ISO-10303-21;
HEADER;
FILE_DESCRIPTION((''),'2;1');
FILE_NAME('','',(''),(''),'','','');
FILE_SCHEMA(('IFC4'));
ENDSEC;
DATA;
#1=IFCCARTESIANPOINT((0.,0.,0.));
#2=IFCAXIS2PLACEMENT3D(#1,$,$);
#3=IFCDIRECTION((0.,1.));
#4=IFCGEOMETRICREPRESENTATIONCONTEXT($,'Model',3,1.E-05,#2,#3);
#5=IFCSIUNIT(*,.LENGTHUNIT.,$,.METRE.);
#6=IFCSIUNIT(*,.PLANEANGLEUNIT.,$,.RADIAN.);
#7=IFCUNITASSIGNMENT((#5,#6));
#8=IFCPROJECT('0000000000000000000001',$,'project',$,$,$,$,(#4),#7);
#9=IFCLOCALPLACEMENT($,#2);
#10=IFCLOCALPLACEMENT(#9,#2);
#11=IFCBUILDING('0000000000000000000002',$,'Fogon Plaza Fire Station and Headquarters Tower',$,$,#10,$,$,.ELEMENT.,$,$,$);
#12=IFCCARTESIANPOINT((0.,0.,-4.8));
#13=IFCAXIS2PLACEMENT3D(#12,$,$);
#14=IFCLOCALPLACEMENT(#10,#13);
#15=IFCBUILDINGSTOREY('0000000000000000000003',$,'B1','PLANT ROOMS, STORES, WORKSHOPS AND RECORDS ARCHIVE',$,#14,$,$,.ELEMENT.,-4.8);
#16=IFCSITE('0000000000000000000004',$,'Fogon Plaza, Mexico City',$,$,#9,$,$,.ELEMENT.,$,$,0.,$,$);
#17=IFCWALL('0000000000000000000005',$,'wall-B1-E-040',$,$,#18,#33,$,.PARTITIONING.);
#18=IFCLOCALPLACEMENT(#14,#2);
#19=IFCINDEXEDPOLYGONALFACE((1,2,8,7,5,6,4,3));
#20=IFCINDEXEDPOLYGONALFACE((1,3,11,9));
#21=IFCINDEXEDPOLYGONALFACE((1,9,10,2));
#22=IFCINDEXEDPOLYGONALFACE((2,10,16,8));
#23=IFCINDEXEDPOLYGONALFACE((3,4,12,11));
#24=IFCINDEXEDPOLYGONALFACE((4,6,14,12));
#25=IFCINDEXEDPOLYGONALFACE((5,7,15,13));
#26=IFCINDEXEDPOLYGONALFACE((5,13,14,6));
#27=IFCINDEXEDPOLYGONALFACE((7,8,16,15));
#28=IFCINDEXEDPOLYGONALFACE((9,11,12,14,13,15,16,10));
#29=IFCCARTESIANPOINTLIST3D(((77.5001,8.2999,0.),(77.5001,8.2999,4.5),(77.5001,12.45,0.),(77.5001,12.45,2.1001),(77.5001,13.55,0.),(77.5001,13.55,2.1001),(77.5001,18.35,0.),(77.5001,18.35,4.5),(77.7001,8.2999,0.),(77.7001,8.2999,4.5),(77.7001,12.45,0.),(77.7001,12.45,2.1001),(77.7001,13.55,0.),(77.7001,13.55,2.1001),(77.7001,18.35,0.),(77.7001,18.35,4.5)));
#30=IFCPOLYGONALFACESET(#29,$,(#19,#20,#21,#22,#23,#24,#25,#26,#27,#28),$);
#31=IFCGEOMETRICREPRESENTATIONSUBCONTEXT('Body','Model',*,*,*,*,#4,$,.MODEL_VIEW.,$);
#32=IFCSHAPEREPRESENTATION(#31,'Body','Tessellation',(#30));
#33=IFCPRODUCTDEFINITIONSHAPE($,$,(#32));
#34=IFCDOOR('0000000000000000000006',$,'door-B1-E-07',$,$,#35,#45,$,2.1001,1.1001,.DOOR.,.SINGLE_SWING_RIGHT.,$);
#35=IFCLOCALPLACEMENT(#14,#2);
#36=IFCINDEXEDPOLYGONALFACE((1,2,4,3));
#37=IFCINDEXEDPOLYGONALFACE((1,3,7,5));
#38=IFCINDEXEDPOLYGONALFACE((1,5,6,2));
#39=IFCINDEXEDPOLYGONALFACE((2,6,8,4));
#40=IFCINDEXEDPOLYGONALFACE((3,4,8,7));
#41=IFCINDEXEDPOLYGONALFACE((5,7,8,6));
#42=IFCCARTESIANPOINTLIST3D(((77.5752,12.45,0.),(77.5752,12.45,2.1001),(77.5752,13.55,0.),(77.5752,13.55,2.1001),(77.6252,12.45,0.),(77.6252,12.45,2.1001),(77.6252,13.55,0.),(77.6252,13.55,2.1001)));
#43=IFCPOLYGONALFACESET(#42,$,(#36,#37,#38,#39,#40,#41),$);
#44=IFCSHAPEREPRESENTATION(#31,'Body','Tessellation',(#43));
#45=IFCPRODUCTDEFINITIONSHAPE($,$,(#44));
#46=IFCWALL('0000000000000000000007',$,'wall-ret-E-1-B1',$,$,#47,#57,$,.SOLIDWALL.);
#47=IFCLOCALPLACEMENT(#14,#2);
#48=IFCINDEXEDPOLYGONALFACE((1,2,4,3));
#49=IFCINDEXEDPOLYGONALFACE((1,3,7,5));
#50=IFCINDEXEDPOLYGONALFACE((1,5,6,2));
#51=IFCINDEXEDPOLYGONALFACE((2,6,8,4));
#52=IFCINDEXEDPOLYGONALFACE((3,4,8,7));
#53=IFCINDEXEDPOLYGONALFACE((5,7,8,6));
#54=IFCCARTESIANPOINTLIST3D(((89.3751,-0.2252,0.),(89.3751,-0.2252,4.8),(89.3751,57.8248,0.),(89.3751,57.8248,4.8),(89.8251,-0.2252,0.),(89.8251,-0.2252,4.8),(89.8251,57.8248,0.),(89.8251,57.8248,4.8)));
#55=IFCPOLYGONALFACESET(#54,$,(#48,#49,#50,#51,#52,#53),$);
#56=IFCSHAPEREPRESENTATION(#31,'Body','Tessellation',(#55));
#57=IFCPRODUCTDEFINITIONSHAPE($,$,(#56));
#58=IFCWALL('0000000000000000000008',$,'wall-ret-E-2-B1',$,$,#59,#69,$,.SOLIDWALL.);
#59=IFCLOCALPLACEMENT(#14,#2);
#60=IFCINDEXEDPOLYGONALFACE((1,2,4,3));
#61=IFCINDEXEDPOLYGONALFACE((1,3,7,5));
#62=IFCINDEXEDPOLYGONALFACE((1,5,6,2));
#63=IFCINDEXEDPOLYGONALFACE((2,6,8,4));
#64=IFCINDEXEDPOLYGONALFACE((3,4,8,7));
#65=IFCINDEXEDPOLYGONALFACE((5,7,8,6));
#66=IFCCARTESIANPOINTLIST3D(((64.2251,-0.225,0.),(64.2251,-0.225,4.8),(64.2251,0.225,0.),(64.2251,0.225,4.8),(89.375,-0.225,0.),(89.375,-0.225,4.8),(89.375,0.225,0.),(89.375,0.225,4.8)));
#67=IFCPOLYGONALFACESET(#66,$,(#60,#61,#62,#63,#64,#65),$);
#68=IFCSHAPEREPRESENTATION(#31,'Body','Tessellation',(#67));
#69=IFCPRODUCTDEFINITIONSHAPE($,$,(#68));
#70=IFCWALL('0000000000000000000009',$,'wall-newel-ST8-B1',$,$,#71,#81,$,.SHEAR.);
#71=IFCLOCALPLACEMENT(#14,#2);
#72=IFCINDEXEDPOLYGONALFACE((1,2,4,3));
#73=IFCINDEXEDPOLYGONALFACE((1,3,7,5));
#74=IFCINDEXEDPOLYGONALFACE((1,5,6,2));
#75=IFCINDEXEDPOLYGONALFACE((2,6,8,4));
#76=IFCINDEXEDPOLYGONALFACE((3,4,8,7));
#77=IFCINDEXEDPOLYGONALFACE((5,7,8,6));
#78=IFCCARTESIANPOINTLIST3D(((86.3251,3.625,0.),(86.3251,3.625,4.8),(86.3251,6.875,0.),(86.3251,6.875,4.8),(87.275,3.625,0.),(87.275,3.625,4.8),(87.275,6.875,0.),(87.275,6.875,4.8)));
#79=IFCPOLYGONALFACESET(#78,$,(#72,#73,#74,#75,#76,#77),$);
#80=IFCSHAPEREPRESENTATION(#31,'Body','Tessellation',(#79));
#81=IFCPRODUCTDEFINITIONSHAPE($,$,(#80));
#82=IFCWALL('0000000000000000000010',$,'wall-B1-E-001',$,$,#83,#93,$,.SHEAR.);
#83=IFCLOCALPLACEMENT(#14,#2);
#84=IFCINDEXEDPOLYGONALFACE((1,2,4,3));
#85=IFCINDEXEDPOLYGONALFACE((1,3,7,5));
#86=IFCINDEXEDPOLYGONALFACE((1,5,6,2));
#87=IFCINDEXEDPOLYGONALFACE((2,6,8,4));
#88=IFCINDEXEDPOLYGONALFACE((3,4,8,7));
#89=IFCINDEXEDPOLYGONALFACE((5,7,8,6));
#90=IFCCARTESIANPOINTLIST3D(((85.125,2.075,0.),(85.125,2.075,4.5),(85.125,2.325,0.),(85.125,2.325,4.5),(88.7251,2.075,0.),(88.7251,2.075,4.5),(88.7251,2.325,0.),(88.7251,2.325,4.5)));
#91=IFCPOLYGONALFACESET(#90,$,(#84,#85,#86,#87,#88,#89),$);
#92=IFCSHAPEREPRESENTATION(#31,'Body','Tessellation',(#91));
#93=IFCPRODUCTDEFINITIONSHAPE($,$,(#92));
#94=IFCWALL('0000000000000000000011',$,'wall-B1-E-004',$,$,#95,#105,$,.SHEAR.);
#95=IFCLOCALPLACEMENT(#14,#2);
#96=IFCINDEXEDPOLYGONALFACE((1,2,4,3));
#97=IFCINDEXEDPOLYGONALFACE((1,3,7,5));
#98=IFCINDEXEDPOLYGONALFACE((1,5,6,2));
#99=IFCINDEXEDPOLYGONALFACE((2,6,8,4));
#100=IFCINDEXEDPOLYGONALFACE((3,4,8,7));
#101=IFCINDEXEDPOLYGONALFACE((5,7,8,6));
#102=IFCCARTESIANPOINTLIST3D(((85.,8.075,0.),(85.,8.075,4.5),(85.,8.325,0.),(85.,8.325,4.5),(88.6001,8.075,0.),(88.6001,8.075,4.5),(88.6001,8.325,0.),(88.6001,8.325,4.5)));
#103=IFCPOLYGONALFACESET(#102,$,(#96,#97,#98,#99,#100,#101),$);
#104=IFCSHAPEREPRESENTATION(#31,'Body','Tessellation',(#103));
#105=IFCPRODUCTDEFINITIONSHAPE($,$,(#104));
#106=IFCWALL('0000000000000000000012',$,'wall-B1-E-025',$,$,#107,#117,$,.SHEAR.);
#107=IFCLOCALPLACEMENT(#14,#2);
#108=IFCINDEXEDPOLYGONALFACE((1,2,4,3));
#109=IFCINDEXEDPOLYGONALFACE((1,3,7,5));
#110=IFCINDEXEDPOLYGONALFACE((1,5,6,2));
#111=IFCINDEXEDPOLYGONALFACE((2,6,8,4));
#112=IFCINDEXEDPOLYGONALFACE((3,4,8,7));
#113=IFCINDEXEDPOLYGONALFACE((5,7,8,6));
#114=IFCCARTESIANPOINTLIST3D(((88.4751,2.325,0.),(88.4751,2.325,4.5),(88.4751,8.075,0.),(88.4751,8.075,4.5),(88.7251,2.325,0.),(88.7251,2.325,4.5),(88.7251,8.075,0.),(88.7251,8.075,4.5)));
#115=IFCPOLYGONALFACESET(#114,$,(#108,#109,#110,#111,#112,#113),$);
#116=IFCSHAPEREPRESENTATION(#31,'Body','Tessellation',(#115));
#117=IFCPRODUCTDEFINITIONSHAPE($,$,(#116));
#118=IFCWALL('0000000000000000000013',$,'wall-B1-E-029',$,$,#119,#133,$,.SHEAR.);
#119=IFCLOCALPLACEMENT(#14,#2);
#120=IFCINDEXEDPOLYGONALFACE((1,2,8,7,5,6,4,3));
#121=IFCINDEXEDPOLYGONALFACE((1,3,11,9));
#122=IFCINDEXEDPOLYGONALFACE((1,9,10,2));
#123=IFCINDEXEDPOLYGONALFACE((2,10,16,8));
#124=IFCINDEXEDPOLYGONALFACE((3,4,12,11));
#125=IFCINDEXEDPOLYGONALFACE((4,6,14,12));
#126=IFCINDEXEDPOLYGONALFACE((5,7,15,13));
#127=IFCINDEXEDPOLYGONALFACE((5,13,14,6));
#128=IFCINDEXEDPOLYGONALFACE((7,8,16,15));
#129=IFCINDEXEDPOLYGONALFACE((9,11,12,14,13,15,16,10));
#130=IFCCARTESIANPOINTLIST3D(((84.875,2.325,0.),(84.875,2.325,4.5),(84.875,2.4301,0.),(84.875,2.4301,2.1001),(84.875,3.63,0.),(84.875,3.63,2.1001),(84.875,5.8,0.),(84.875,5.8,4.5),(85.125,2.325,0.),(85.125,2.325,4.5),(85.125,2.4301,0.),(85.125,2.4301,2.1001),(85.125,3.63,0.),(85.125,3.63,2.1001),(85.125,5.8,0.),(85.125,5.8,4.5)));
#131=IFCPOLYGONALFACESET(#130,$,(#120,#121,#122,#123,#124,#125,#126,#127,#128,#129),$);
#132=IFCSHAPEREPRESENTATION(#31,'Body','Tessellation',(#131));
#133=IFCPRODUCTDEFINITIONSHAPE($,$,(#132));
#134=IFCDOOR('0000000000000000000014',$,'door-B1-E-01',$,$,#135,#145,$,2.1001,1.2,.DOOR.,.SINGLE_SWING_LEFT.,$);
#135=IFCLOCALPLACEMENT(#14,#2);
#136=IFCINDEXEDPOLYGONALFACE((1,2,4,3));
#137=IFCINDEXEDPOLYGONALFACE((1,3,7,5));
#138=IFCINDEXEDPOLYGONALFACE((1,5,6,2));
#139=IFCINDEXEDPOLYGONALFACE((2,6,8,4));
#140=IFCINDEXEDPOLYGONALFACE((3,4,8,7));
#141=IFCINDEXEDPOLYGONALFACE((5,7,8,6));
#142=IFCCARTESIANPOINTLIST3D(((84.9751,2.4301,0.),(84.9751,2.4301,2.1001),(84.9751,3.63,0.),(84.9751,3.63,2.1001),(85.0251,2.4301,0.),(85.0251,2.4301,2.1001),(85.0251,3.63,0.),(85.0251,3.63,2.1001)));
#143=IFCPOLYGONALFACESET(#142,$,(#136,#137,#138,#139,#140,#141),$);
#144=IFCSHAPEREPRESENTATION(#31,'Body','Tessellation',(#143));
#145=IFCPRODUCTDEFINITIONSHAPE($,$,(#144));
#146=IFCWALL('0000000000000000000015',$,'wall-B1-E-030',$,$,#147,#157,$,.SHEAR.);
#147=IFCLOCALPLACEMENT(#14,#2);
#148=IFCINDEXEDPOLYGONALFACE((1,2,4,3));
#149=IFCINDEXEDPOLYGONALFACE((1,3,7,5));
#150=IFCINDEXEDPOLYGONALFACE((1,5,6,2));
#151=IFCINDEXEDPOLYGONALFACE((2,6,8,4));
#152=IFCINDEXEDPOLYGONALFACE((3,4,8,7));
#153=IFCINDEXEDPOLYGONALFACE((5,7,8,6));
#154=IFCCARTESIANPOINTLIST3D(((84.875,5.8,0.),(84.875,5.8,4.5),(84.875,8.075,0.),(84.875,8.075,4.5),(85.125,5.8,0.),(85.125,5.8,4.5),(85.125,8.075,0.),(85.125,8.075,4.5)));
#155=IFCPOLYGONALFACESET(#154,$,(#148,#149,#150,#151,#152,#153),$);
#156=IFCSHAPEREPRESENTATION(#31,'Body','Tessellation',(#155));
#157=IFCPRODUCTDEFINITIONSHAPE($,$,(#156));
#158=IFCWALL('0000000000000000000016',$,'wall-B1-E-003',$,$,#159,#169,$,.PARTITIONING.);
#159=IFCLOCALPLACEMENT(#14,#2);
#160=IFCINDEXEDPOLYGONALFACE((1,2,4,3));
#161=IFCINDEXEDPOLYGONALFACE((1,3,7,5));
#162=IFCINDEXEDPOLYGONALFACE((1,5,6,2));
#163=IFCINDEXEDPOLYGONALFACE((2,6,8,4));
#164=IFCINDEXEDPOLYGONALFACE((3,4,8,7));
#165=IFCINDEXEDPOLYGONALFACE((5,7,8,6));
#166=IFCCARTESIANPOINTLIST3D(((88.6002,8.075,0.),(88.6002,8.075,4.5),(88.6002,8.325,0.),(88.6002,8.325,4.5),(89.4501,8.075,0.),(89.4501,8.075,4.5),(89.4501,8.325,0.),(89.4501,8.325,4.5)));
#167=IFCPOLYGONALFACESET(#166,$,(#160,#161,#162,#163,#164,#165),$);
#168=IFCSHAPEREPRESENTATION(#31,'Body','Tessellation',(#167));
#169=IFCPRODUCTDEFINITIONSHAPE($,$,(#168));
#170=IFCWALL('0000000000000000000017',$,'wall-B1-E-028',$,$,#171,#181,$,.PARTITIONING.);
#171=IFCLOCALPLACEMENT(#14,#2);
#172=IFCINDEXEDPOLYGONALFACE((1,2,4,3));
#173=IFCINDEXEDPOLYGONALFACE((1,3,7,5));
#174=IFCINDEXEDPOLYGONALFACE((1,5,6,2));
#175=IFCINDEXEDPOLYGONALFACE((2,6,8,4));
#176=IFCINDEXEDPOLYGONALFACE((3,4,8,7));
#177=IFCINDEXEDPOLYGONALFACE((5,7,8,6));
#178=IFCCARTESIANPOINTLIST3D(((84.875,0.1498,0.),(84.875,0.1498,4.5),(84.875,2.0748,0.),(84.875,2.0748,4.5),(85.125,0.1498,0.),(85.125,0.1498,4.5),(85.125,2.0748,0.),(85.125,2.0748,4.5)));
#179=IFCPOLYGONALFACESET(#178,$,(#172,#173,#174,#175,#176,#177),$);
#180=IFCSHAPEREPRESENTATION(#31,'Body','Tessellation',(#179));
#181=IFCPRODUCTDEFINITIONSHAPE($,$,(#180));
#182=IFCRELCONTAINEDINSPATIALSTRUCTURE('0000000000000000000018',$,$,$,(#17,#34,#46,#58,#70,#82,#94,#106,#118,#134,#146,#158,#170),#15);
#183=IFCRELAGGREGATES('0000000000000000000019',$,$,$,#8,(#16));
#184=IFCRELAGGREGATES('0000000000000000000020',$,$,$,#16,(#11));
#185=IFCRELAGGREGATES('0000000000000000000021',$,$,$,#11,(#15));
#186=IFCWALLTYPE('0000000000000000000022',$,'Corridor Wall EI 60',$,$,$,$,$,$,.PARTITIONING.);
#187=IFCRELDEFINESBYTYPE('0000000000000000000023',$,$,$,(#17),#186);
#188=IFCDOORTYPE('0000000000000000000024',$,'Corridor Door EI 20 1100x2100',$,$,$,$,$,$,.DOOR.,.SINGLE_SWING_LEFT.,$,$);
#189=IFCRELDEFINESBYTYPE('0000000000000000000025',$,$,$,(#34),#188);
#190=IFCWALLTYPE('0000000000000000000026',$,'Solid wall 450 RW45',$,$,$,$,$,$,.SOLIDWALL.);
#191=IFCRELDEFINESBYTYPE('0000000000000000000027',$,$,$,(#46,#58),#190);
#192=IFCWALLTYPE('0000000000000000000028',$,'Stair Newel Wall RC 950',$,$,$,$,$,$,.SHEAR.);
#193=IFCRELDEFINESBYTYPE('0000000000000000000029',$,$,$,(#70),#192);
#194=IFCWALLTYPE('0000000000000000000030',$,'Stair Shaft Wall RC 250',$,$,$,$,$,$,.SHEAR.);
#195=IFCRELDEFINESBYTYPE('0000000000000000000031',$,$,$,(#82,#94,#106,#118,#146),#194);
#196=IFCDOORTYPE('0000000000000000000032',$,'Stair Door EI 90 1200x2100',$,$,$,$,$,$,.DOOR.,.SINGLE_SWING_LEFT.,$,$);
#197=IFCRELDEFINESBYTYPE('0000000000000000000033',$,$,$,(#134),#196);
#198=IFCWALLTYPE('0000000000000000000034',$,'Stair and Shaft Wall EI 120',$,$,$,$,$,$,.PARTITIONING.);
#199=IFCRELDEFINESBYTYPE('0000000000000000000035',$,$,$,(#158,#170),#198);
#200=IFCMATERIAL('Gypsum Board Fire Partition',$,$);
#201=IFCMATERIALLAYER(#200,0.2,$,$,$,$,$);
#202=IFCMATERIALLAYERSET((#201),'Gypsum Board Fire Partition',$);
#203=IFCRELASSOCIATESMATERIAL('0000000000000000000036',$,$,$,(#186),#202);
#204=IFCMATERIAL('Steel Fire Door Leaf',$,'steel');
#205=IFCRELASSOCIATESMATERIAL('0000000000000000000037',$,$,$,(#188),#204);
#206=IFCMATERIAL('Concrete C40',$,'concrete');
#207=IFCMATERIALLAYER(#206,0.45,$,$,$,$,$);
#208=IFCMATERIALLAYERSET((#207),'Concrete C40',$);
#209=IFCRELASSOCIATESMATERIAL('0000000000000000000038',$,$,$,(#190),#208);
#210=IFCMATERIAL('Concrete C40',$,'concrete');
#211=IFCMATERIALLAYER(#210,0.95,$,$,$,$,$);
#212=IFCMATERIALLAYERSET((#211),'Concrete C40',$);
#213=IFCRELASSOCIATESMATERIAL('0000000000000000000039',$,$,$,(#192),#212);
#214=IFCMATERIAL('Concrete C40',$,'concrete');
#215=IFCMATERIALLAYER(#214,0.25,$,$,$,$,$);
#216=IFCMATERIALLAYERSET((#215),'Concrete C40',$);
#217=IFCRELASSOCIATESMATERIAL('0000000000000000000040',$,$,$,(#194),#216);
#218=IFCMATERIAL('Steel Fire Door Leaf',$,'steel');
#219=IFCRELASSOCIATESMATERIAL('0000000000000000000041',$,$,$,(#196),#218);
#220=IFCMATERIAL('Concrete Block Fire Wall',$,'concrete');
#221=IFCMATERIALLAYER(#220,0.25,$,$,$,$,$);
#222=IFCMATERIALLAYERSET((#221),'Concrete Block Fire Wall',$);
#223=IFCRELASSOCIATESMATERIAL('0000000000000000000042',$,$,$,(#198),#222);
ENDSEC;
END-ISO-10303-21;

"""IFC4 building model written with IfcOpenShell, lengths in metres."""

from ifc_helpers import new_model, si_unit, direction, frame, frame_2d, origin, place, context, subcontext, project, spatial, rectangle, extrude, material, layer, layer_set, type_object, element, fill, save


model = new_model("IFC4")

# Units and contexts
model_context = context("Model", 3, precision=1e-05, world=origin(), true_north=direction((0.0, 1.0)))
body_context = subcontext(model_context, "Body", "Model", "MODEL_VIEW")
ifc_project = project(units=[si_unit("LENGTHUNIT", "METRE"), si_unit("PLANEANGLEUNIT", "RADIAN")], contexts=[model_context])

# Site, building, storey
site_placement = place(None, origin())
site = spatial("IfcSite", under=ifc_project, at=site_placement, Name="Fogon Plaza, Mexico City", CompositionType="ELEMENT", RefElevation=0.0)
building_placement = place(site_placement, origin())
building = spatial("IfcBuilding", under=site, at=building_placement, Name="Fogon Plaza Fire Station and Headquarters Tower", CompositionType="ELEMENT")
storey_placement = place(building_placement, frame((0.0, 0.0, -4.8)))
storey = spatial("IfcBuildingStorey", under=building, at=storey_placement, Name="B1", Description="PLANT ROOMS, STORES, WORKSHOPS AND RECORDS ARCHIVE", CompositionType="ELEMENT", Elevation=-4.8)

# Shared definitions
ifc_material_1 = material(Name="Gypsum Board Fire Partition")
ifc_layer_1 = layer(ifc_material_1, 0.2)
ifc_layer_set_1 = layer_set([ifc_layer_1], Name="Gypsum Board Fire Partition")
wall_type_1 = type_object("IfcWallType", Name="Corridor Wall EI 60", PredefinedType="PARTITIONING", material=ifc_layer_set_1)

# Wall, opening, door
wall_1_placement = place(storey_placement, frame((77.6001, 8.3, 0.0), z_axis=(0.0, 0.0, 1.0), x_axis=(0.0, 1.0, 0.0)))
wall_1 = element("IfcWall", 1, at=wall_1_placement, inside=storey, type_object=wall_type_1, Name="wall-B1-E-040", PredefinedType="PARTITIONING", context=body_context, shape_type="SweptSolid", body=[
    extrude(rectangle(XDim=10.05, YDim=0.2, at=frame_2d((5.0249, 0.0))), origin(), (0.0, 0.0, 1.0), 4.5),
])
opening_1_placement = place(wall_1_placement, frame((4.1499, 0.0, 0.0)))
opening_1 = element("IfcOpeningElement", 2, at=opening_1_placement, cuts=wall_1, PredefinedType="OPENING", context=body_context, shape_type="SweptSolid", body=[
    extrude(rectangle(XDim=1.1001, YDim=2.1001, at=frame_2d((0.55, 1.05))), frame((0.0, 0.1099, 0.0), z_axis=(0.0, -1.0, 0.0), x_axis=(1.0, 0.0, 0.0)), (0.0, 0.0, 1.0), 0.22),
])
ifc_material_2 = material(Name="Steel Fire Door Leaf", Category="steel")
door_type_1 = type_object("IfcDoorType", Name="Corridor Door EI 20 1100x2100", OperationType="SINGLE_SWING_LEFT", PredefinedType="DOOR", material=ifc_material_2)
door_1_placement = place(opening_1_placement, origin())
door_1 = element("IfcDoor", 3, at=door_1_placement, inside=storey, type_object=door_type_1, Name="door-B1-E-07", OperationType="SINGLE_SWING_RIGHT", OverallHeight=2.1001, OverallWidth=1.1001, PredefinedType="DOOR", context=body_context, shape_type="SweptSolid", body=[
    extrude(rectangle(XDim=1.1001, YDim=2.1001, at=frame_2d((0.55, 1.05))), frame((0.0, 0.0249, 0.0), z_axis=(0.0, -1.0, 0.0), x_axis=(1.0, 0.0, 0.0)), (0.0, 0.0, 1.0), 0.05),
])
fill(opening_1, door_1)

# Walls
ifc_material_3 = material(Name="Concrete C40", Category="concrete")
ifc_layer_2 = layer(ifc_material_3, 0.45)
ifc_layer_set_2 = layer_set([ifc_layer_2], Name="Concrete C40")
wall_type_2 = type_object("IfcWallType", Name="Solid wall 450 RW45", PredefinedType="SOLIDWALL", material=ifc_layer_set_2)
wall_2_placement = place(storey_placement, frame((89.6001, -0.2251, 0.0), z_axis=(0.0, 0.0, 1.0), x_axis=(0.0, 1.0, 0.0)))
element("IfcWall", 4, at=wall_2_placement, inside=storey, type_object=wall_type_2, Name="wall-ret-E-1-B1", PredefinedType="SOLIDWALL", context=body_context, shape_type="SweptSolid", body=[
    extrude(rectangle(XDim=58.05, YDim=0.45, at=frame_2d((29.0249, 0.0))), origin(), (0.0, 0.0, 1.0), 4.8),
])
wall_3_placement = place(storey_placement, frame((89.375, 0.0, 0.0), z_axis=(0.0, 0.0, 1.0), x_axis=(-1.0, 0.0, 0.0)))
element("IfcWall", 5, at=wall_3_placement, inside=storey, type_object=wall_type_2, Name="wall-ret-E-2-B1", PredefinedType="SOLIDWALL", context=body_context, shape_type="SweptSolid", body=[
    extrude(rectangle(XDim=25.1499, YDim=0.45, at=frame_2d((12.575, 0.0))), origin(), (0.0, 0.0, 1.0), 4.8),
])
ifc_material_4 = material(Name="Concrete C40", Category="concrete")
ifc_layer_3 = layer(ifc_material_4, 0.95)
ifc_layer_set_3 = layer_set([ifc_layer_3], Name="Concrete C40")
wall_type_3 = type_object("IfcWallType", Name="Stair Newel Wall RC 950", PredefinedType="SHEAR", material=ifc_layer_set_3)
wall_4_placement = place(storey_placement, frame((86.8, 3.625, 0.0), z_axis=(0.0, 0.0, 1.0), x_axis=(0.0, 1.0, 0.0)))
element("IfcWall", 6, at=wall_4_placement, inside=storey, type_object=wall_type_3, Name="wall-newel-ST8-B1", PredefinedType="SHEAR", context=body_context, shape_type="SweptSolid", body=[
    extrude(rectangle(XDim=3.25, YDim=0.95, at=frame_2d((1.625, 0.0))), origin(), (0.0, 0.0, 1.0), 4.8),
])
ifc_material_5 = material(Name="Concrete C40", Category="concrete")
ifc_layer_4 = layer(ifc_material_5, 0.25)
ifc_layer_set_4 = layer_set([ifc_layer_4], Name="Concrete C40")
wall_type_4 = type_object("IfcWallType", Name="Stair Shaft Wall RC 250", PredefinedType="SHEAR", material=ifc_layer_set_4)
for number, where, z_axis, x_axis, name in (
    (7, (88.7251, 2.2, 0.0), (0.0, 0.0, 1.0), (-1.0, 0.0, 0.0), "wall-B1-E-001"),
    (8, (88.6001, 8.2, 0.0), (0.0, 0.0, 1.0), (-1.0, 0.0, 0.0), "wall-B1-E-004"),
):
    element("IfcWall", number, at=place(storey_placement, frame(where, z_axis=z_axis, x_axis=x_axis)), inside=storey, type_object=wall_type_4, Name=name, PredefinedType="SHEAR", context=body_context, shape_type="SweptSolid", body=[
        extrude(rectangle(XDim=3.6001, YDim=0.25, at=frame_2d((1.8, 0.0))), origin(), (0.0, 0.0, 1.0), 4.5),
    ])
wall_5_placement = place(storey_placement, frame((88.6001, 2.325, 0.0), z_axis=(0.0, 0.0, 1.0), x_axis=(0.0, 1.0, 0.0)))
element("IfcWall", 9, at=wall_5_placement, inside=storey, type_object=wall_type_4, Name="wall-B1-E-025", PredefinedType="SHEAR", context=body_context, shape_type="SweptSolid", body=[
    extrude(rectangle(XDim=5.75, YDim=0.25, at=frame_2d((2.875, 0.0))), origin(), (0.0, 0.0, 1.0), 4.5),
])

# Wall, opening, door
wall_6_placement = place(storey_placement, frame((85.0, 2.325, 0.0), z_axis=(0.0, 0.0, 1.0), x_axis=(0.0, 1.0, 0.0)))
wall_6 = element("IfcWall", 10, at=wall_6_placement, inside=storey, type_object=wall_type_4, Name="wall-B1-E-029", PredefinedType="SHEAR", context=body_context, shape_type="SweptSolid", body=[
    extrude(rectangle(XDim=3.4751, YDim=0.25, at=frame_2d((1.7375, 0.0))), origin(), (0.0, 0.0, 1.0), 4.5),
])
opening_2_placement = place(wall_6_placement, frame((0.105, 0.0, 0.0)))
opening_2 = element("IfcOpeningElement", 11, at=opening_2_placement, cuts=wall_6, PredefinedType="OPENING", context=body_context, shape_type="SweptSolid", body=[
    extrude(rectangle(XDim=1.2, YDim=2.1001, at=frame_2d((0.6001, 1.05))), frame((0.0, 0.135, 0.0), z_axis=(0.0, -1.0, 0.0), x_axis=(1.0, 0.0, 0.0)), (0.0, 0.0, 1.0), 0.27),
])
ifc_material_6 = material(Name="Steel Fire Door Leaf", Category="steel")
door_type_2 = type_object("IfcDoorType", Name="Stair Door EI 90 1200x2100", OperationType="SINGLE_SWING_LEFT", PredefinedType="DOOR", material=ifc_material_6)
door_2_placement = place(opening_2_placement, origin())
door_2 = element("IfcDoor", 12, at=door_2_placement, inside=storey, type_object=door_type_2, Name="door-B1-E-01", OperationType="SINGLE_SWING_LEFT", OverallHeight=2.1001, OverallWidth=1.2, PredefinedType="DOOR", context=body_context, shape_type="SweptSolid", body=[
    extrude(rectangle(XDim=1.2, YDim=2.1001, at=frame_2d((0.6001, 1.05))), frame((0.0, 0.0249, 0.0), z_axis=(0.0, -1.0, 0.0), x_axis=(1.0, 0.0, 0.0)), (0.0, 0.0, 1.0), 0.05),
])
fill(opening_2, door_2)

# Walls
wall_7_placement = place(storey_placement, frame((85.0, 5.8, 0.0), z_axis=(0.0, 0.0, 1.0), x_axis=(0.0, 1.0, 0.0)))
element("IfcWall", 13, at=wall_7_placement, inside=storey, type_object=wall_type_4, Name="wall-B1-E-030", PredefinedType="SHEAR", context=body_context, shape_type="SweptSolid", body=[
    extrude(rectangle(XDim=2.2749, YDim=0.25, at=frame_2d((1.1375, 0.0))), origin(), (0.0, 0.0, 1.0), 4.5),
])
ifc_material_7 = material(Name="Concrete Block Fire Wall", Category="concrete")
ifc_layer_5 = layer(ifc_material_7, 0.25)
ifc_layer_set_5 = layer_set([ifc_layer_5], Name="Concrete Block Fire Wall")
wall_type_5 = type_object("IfcWallType", Name="Stair and Shaft Wall EI 120", PredefinedType="PARTITIONING", material=ifc_layer_set_5)
wall_8_placement = place(storey_placement, frame((89.45, 8.2, 0.0), z_axis=(0.0, 0.0, 1.0), x_axis=(-1.0, 0.0, 0.0)))
element("IfcWall", 14, at=wall_8_placement, inside=storey, type_object=wall_type_5, Name="wall-B1-E-003", PredefinedType="PARTITIONING", context=body_context, shape_type="SweptSolid", body=[
    extrude(rectangle(XDim=0.8499, YDim=0.25, at=frame_2d((0.4248, 0.0))), origin(), (0.0, 0.0, 1.0), 4.5),
])
wall_9_placement = place(storey_placement, frame((85.0, 0.1499, 0.0), z_axis=(0.0, 0.0, 1.0), x_axis=(0.0, 1.0, 0.0)))
element("IfcWall", 15, at=wall_9_placement, inside=storey, type_object=wall_type_5, Name="wall-B1-E-028", PredefinedType="PARTITIONING", context=body_context, shape_type="SweptSolid", body=[
    extrude(rectangle(XDim=1.925, YDim=0.25, at=frame_2d((0.9624, 0.0))), origin(), (0.0, 0.0, 1.0), 4.5),
])

save(model, "model.ifc")
